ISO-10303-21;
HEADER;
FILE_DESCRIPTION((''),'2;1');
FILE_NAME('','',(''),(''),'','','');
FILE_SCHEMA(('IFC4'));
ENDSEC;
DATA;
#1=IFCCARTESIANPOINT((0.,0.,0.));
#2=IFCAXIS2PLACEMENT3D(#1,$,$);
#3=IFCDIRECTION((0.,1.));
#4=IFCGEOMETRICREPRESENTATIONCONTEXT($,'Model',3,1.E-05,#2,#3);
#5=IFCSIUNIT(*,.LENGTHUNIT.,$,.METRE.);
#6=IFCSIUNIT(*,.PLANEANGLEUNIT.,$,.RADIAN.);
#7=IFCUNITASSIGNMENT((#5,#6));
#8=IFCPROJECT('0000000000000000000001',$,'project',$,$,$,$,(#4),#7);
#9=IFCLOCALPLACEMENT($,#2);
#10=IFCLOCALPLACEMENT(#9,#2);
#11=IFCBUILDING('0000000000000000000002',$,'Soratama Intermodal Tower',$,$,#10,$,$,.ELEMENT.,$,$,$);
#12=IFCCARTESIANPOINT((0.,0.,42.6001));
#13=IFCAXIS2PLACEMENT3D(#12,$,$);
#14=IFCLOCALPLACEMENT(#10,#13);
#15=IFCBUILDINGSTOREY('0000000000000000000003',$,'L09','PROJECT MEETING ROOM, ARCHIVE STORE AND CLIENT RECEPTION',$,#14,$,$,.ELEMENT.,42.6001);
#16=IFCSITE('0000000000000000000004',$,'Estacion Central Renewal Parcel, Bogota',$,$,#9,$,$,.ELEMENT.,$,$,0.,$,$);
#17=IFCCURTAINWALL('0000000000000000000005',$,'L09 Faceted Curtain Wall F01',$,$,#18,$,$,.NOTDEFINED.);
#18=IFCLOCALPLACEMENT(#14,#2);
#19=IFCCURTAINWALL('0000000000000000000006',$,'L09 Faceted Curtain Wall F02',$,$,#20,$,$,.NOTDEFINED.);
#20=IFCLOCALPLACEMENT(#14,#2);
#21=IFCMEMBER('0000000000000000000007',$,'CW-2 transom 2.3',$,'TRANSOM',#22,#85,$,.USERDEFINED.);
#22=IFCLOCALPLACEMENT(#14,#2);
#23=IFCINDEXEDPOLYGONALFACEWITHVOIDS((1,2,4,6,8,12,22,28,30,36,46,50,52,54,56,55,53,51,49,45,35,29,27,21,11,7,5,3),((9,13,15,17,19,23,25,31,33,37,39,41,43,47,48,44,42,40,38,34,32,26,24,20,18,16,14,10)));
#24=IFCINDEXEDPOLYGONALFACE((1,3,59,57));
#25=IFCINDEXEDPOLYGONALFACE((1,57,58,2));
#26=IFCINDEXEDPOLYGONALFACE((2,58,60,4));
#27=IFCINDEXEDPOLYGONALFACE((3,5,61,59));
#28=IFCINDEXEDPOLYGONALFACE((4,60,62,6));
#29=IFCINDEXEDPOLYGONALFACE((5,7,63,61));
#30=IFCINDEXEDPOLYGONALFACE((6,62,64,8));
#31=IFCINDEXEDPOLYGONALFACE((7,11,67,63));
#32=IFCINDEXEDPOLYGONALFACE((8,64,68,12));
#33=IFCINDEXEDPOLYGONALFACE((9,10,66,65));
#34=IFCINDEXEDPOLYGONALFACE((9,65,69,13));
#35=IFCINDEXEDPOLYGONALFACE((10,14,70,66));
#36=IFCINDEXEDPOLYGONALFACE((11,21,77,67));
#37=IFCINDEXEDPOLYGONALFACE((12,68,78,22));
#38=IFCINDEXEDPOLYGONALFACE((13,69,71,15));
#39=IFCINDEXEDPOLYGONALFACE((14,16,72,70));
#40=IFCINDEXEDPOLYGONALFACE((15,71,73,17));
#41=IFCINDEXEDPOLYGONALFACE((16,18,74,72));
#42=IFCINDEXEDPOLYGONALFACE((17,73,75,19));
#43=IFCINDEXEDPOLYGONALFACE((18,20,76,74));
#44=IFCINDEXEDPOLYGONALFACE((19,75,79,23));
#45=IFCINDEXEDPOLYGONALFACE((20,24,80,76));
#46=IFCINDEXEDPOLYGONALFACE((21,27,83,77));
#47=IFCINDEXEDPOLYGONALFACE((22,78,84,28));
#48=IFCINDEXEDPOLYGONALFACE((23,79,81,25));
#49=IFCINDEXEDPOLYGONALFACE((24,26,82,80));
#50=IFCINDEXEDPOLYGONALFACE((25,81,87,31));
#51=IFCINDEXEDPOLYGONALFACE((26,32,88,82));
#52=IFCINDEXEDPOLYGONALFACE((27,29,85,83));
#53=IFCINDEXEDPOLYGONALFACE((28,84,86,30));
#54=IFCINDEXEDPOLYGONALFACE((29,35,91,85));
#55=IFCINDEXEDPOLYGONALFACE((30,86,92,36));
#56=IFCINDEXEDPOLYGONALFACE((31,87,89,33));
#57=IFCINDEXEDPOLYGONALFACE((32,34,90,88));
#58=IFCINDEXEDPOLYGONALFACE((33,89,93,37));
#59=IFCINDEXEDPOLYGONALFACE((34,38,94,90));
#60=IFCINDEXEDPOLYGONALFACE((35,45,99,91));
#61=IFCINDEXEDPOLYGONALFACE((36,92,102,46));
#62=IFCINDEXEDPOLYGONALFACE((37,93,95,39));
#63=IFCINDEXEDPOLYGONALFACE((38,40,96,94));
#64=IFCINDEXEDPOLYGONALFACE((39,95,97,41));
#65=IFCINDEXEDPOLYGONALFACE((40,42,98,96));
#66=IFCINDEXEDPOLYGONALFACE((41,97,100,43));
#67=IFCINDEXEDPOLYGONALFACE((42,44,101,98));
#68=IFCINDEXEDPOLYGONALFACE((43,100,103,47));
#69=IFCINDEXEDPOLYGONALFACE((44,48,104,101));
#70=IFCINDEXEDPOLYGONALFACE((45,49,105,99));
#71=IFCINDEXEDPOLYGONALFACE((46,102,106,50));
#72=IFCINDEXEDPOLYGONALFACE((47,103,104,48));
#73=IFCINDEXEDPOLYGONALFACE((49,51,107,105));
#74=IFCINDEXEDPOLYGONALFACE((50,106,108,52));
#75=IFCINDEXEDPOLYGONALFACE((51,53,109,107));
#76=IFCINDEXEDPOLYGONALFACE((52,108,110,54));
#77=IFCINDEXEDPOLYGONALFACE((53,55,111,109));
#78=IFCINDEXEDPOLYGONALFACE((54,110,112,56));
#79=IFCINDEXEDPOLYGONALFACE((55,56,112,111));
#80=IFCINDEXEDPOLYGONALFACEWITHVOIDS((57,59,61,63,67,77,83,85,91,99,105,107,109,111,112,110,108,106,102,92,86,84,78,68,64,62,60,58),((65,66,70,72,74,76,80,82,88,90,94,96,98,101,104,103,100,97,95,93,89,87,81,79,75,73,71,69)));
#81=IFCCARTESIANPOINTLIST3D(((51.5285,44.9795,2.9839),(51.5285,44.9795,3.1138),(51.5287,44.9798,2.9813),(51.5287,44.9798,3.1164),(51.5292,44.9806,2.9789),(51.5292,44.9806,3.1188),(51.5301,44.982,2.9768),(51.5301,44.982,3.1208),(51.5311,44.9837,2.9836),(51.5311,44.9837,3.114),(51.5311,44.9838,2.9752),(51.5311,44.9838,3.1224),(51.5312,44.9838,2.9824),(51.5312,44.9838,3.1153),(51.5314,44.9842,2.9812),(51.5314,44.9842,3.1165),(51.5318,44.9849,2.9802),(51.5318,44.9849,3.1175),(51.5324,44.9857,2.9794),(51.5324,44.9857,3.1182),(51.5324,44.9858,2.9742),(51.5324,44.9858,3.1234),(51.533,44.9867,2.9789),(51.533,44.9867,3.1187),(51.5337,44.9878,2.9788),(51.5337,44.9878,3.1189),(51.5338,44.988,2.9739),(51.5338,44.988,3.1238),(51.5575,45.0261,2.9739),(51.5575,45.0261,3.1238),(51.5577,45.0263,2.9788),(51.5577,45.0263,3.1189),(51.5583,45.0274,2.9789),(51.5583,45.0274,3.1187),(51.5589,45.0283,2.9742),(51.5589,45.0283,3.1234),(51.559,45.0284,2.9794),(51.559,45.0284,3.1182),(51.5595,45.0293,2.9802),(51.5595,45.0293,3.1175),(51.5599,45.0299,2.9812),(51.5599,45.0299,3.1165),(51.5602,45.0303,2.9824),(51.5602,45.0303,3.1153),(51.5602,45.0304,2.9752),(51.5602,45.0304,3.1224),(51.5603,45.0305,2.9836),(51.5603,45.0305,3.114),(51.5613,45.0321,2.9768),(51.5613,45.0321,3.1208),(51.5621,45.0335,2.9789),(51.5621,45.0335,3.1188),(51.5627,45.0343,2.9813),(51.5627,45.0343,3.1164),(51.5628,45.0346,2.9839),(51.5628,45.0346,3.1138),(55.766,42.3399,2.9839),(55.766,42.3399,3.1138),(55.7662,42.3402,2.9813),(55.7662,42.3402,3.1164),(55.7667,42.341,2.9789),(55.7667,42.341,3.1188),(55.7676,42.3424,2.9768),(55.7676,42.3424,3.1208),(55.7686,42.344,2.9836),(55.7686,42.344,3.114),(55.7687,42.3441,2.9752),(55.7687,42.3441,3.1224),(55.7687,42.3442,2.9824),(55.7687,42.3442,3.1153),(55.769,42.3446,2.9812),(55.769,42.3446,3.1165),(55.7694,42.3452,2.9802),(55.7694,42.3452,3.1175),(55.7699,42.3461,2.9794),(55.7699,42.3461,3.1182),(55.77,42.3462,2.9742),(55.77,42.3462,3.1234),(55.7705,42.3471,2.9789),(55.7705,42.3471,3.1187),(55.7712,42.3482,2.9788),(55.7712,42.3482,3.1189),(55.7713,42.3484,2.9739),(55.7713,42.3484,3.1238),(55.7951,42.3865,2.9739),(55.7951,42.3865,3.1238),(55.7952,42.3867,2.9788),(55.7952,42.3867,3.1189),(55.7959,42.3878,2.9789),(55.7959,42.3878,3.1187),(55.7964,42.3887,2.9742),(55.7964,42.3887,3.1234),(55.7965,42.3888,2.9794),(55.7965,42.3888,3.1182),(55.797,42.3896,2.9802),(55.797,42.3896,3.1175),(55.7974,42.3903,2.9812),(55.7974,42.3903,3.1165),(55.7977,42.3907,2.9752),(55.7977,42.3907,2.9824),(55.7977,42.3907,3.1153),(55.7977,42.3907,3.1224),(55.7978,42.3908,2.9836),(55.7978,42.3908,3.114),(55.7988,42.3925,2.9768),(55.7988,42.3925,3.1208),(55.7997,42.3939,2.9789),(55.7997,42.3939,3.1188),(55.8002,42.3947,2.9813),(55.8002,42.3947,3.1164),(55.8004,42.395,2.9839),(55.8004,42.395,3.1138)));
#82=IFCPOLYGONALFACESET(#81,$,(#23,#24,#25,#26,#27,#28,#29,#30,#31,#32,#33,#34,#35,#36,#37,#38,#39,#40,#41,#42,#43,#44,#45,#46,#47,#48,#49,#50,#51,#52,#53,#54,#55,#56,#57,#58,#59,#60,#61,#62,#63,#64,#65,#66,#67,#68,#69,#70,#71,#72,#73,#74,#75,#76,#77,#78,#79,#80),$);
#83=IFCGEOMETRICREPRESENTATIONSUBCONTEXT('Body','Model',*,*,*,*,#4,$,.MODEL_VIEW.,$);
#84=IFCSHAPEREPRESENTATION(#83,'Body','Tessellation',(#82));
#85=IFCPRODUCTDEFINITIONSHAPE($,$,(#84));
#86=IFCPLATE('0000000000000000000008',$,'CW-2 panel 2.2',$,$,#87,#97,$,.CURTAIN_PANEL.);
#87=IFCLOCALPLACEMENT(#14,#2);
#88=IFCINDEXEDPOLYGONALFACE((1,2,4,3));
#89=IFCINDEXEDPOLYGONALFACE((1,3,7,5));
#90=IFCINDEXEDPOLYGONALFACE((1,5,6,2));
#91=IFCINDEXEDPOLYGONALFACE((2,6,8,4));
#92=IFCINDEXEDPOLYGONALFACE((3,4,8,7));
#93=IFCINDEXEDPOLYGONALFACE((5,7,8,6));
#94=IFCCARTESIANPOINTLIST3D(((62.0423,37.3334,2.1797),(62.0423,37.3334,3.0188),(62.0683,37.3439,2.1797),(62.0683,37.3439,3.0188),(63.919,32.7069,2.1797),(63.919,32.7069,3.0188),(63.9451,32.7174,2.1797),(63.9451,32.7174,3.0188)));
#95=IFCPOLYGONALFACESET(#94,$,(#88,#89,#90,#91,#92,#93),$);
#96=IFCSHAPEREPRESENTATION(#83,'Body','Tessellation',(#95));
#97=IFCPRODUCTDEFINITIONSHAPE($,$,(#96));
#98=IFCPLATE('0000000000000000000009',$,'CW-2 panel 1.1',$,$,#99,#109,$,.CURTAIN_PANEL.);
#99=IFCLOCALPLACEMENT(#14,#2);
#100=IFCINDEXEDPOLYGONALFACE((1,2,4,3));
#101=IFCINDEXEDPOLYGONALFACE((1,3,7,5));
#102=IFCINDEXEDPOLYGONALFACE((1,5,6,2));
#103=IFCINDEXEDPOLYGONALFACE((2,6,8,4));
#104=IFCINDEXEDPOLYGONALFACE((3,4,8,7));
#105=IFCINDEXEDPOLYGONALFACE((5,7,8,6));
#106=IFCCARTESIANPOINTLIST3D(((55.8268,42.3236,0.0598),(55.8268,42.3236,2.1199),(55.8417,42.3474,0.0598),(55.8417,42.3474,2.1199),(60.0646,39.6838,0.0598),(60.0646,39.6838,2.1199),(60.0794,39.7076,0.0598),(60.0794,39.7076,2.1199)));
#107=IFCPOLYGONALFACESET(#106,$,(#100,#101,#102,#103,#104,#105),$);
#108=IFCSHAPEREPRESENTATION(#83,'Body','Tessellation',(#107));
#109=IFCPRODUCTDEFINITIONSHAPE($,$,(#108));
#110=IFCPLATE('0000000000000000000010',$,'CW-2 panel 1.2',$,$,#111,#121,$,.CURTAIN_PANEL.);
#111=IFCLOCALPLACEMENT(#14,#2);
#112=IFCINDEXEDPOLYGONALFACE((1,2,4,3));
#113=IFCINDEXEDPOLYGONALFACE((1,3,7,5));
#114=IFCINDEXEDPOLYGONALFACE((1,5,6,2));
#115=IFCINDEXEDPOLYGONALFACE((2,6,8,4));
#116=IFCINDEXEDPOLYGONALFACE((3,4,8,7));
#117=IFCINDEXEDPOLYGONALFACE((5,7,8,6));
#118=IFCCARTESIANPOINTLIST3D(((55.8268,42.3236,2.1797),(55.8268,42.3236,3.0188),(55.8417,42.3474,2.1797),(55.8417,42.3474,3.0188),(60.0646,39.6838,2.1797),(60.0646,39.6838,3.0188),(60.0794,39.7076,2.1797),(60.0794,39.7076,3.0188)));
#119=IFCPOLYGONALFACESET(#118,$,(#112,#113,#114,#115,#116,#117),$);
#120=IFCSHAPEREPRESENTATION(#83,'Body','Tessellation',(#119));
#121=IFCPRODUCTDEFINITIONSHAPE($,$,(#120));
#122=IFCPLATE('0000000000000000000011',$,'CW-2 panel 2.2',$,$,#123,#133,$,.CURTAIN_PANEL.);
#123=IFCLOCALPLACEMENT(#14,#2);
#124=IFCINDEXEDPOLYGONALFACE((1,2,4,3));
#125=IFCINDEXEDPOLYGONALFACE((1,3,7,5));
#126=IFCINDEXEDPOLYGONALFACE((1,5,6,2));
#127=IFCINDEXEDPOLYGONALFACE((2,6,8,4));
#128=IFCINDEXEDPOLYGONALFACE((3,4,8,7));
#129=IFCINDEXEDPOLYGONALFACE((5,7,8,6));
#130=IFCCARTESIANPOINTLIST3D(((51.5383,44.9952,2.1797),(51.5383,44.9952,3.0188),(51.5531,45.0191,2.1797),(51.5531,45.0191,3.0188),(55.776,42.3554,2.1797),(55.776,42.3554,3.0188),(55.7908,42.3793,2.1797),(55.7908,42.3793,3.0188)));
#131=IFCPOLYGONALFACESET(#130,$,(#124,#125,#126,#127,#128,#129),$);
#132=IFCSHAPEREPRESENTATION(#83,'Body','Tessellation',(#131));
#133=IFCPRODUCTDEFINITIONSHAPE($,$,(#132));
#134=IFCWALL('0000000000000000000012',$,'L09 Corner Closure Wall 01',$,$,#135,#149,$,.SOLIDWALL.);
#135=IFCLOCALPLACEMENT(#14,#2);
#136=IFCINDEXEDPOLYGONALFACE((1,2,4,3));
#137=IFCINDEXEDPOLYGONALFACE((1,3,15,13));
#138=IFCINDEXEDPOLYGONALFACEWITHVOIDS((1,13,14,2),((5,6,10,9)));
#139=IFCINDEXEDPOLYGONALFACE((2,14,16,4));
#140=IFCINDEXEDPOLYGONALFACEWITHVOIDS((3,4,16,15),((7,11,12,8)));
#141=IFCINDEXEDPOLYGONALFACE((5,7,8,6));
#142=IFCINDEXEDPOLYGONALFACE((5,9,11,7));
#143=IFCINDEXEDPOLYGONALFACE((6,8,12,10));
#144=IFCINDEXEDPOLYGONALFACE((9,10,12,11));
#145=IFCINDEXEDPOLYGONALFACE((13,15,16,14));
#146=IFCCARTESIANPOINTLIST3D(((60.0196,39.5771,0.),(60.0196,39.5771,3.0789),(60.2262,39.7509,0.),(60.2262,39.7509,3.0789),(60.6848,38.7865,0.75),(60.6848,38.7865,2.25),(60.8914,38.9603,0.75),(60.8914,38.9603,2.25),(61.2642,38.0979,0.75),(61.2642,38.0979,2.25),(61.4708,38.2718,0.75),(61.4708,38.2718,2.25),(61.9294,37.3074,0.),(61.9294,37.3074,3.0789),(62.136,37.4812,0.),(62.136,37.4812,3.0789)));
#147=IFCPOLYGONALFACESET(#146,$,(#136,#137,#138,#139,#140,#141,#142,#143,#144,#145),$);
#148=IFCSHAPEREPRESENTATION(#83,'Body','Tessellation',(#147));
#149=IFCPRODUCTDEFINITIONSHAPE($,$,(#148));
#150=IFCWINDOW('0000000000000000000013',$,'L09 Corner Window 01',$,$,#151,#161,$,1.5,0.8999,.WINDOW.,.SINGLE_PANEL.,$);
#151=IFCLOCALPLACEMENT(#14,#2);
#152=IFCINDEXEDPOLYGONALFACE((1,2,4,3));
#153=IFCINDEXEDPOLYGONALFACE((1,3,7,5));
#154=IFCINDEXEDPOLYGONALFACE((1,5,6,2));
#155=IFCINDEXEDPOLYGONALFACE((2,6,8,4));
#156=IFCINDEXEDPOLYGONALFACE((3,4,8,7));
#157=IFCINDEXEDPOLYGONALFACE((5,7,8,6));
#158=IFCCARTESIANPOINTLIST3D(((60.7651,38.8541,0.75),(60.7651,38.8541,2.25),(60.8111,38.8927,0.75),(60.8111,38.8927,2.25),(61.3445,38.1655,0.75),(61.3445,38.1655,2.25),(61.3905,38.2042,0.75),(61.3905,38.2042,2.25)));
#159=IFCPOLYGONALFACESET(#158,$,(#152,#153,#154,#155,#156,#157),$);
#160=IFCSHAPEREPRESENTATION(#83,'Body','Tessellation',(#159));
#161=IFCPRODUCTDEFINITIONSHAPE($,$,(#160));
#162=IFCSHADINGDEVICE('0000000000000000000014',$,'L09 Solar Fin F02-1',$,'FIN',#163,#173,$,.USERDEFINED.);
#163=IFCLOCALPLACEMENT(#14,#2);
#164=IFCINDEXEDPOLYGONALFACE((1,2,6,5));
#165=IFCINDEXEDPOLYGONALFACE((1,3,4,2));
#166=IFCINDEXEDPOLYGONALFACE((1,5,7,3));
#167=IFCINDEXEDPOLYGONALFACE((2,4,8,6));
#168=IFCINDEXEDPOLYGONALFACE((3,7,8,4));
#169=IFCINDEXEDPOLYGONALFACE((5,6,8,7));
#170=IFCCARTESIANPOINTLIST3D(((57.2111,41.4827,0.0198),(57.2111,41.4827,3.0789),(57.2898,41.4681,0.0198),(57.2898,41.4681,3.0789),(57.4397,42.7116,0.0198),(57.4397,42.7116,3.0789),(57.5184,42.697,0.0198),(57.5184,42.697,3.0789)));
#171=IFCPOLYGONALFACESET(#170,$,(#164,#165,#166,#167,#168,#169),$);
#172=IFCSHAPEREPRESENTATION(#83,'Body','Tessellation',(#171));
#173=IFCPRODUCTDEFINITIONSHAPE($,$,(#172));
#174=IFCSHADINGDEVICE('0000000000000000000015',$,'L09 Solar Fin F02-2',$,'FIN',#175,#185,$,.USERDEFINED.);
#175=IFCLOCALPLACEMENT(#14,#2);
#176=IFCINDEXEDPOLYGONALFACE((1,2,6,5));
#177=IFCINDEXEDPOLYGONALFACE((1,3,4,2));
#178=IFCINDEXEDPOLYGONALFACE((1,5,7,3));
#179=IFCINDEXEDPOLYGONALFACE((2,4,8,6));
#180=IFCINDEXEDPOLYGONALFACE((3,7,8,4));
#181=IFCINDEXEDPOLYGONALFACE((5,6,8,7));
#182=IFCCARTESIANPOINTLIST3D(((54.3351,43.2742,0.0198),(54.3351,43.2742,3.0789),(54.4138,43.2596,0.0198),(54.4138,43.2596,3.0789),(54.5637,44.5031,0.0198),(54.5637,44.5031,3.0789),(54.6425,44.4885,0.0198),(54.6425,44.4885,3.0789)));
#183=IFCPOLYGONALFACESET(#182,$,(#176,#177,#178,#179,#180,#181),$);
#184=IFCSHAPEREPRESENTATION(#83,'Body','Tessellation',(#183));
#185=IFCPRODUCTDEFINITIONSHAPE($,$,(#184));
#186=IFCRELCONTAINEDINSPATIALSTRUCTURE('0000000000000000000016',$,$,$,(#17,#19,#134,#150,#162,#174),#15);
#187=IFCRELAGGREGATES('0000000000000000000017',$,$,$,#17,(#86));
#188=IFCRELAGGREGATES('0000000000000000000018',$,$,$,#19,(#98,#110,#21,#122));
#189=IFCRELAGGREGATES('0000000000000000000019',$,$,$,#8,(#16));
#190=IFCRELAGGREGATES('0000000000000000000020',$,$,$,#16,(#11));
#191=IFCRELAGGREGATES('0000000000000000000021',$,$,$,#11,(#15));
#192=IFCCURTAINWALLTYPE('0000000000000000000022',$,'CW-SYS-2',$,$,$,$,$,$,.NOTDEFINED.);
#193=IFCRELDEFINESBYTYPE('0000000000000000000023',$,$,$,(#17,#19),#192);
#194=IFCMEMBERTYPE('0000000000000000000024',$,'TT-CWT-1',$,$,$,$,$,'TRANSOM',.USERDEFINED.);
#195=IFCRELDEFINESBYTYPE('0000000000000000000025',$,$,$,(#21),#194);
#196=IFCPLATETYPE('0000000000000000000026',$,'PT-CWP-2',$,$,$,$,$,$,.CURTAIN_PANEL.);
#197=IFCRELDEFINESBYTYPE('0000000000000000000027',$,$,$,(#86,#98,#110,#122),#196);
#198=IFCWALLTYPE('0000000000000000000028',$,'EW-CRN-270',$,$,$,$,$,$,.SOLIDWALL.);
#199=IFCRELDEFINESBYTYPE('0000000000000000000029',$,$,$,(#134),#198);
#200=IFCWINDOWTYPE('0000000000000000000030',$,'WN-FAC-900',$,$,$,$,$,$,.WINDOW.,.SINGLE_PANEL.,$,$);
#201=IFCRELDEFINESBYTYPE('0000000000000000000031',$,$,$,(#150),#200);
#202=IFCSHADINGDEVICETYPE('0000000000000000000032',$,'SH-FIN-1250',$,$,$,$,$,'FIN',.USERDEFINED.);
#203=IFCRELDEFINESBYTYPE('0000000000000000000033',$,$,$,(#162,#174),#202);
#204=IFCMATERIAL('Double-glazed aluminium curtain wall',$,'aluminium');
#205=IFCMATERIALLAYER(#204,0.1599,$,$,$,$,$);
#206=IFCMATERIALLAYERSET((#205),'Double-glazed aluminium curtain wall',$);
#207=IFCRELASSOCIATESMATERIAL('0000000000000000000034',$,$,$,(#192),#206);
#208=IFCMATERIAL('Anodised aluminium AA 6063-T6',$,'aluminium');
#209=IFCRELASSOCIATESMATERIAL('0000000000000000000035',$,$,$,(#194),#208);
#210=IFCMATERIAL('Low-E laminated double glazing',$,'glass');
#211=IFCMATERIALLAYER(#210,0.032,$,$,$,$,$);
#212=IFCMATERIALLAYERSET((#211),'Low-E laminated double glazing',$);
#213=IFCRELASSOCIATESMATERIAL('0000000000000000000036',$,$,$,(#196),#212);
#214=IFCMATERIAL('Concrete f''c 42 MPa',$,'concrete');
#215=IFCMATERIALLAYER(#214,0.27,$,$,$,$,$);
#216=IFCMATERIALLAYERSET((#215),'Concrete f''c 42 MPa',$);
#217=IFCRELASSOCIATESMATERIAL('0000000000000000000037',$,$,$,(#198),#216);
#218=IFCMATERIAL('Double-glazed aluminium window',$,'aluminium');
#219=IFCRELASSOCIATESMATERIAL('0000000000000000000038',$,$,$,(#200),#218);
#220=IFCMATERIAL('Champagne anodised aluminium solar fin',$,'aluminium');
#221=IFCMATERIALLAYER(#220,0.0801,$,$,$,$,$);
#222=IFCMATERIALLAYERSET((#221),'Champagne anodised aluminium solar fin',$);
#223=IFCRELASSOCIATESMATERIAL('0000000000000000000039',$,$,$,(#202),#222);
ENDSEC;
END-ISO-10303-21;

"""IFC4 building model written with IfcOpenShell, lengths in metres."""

from ifc_helpers import new_model, si_unit, direction, frame, frame_2d, origin, origin_2d, place, context, subcontext, project, spatial, rectangle, hollow_rectangle, extrude, material, layer, layer_set, material_profile, profile_set, type_object, element, fill, aggregate, save


model = new_model("IFC4")

# Units and contexts
model_context = context("Model", 3, precision=1e-05, world=origin(), true_north=direction((0.0, 1.0)))
body_context = subcontext(model_context, "Body", "Model", "MODEL_VIEW")
ifc_project = project(units=[si_unit("LENGTHUNIT", "METRE"), si_unit("PLANEANGLEUNIT", "RADIAN")], contexts=[model_context])

# Site, building, storey
site_placement = place(None, origin())
site = spatial("IfcSite", under=ifc_project, at=site_placement, Name="Estacion Central Renewal Parcel, Bogota", CompositionType="ELEMENT", RefElevation=0.0)
building_placement = place(site_placement, origin())
building = spatial("IfcBuilding", under=site, at=building_placement, Name="Soratama Intermodal Tower", CompositionType="ELEMENT")
storey_placement = place(building_placement, frame((0.0, 0.0, 42.6001)))
storey = spatial("IfcBuildingStorey", under=building, at=storey_placement, Name="L09", Description="PROJECT MEETING ROOM, ARCHIVE STORE AND CLIENT RECEPTION", CompositionType="ELEMENT", Elevation=42.6001)

# Curtain wall
ifc_material_1 = material(Name="Double-glazed aluminium curtain wall", Category="aluminium")
ifc_layer_1 = layer(ifc_material_1, 0.1599)
ifc_layer_set_1 = layer_set([ifc_layer_1], Name="Double-glazed aluminium curtain wall")
curtain_wall_type = type_object("IfcCurtainWallType", Name="CW-SYS-2", PredefinedType="NOTDEFINED", material=ifc_layer_set_1)
curtain_wall_1_placement = place(storey_placement, origin())
curtain_wall_1 = element("IfcCurtainWall", 1, at=curtain_wall_1_placement, inside=storey, type_object=curtain_wall_type, Name="L09 Faceted Curtain Wall F01", PredefinedType="NOTDEFINED")

# Curtain wall, member
curtain_wall_2_placement = place(storey_placement, origin())
curtain_wall_2 = element("IfcCurtainWall", 2, at=curtain_wall_2_placement, inside=storey, type_object=curtain_wall_type, Name="L09 Faceted Curtain Wall F02", PredefinedType="NOTDEFINED")
ifc_material_2 = material(Name="Anodised aluminium AA 6063-T6", Category="aluminium")
ifc_material_profile_1 = material_profile(ifc_material_2, hollow_rectangle(XDim=0.0649, YDim=0.1499, WallThickness=0.0049, InnerFilletRadius=0.0049, OuterFilletRadius=0.01, at=origin_2d()), Name="CWT150X65X5")
ifc_profile_set_1 = profile_set([ifc_material_profile_1], Name="Anodised aluminium AA 6063-T6")
member_type_1 = type_object("IfcMemberType", Name="TT-CWT-1", ElementType="TRANSOM", PredefinedType="USERDEFINED", material=ifc_profile_set_1)
member_1_placement = place(storey_placement, frame((55.7832, 42.3674, 3.0488), z_axis=(-0.848791, 0.528728, 0.0), x_axis=(-0.528728, -0.848791, 0.0)))
member_1 = element("IfcMember", 3, at=member_1_placement, type_object=member_type_1, Name="CW-2 transom 2.3", ObjectType="TRANSOM", PredefinedType="USERDEFINED", context=body_context, shape_type="SweptSolid", body=[
    extrude(hollow_rectangle(XDim=0.0649, YDim=0.1499, WallThickness=0.0049, InnerFilletRadius=0.0049, OuterFilletRadius=0.01, at=origin_2d()), origin(), (0.0, 0.0, 1.0), 4.9924),
])

# Plates
ifc_material_3 = material(Name="Low-E laminated double glazing", Category="glass")
ifc_layer_2 = layer(ifc_material_3, 0.032)
ifc_layer_set_2 = layer_set([ifc_layer_2], Name="Low-E laminated double glazing")
plate_type = type_object("IfcPlateType", Name="PT-CWP-2", PredefinedType="CURTAIN_PANEL", material=ifc_layer_set_2)
plate_1_placement = place(storey_placement, frame((62.9937, 35.0254, 2.1797), z_axis=(0.0, 0.0, 1.0), x_axis=(-0.375908, 0.926657, 0.0)))
plate_1 = element("IfcPlate", 4, at=plate_1_placement, type_object=plate_type, Name="CW-2 panel 2.2", PredefinedType="CURTAIN_PANEL", context=body_context, shape_type="SweptSolid", body=[
    extrude(rectangle(XDim=4.9927, YDim=0.0281, at=origin_2d()), origin(), (0.0, 0.0, 1.0), 0.8391),
])
aggregate(curtain_wall_1, [plate_1])
plate_2_placement = place(storey_placement, frame((57.9531, 41.0156, 0.0598), z_axis=(0.0, 0.0, 1.0), x_axis=(-0.848787, 0.528735, 0.0)))
plate_2 = element("IfcPlate", 5, at=plate_2_placement, type_object=plate_type, Name="CW-2 panel 1.1", PredefinedType="CURTAIN_PANEL", context=body_context, shape_type="SweptSolid", body=[
    extrude(rectangle(XDim=4.9927, YDim=0.0281, at=origin_2d()), origin(), (0.0, 0.0, 1.0), 2.0601),
])
plate_3_placement = place(storey_placement, frame((57.9531, 41.0156, 2.1797), z_axis=(0.0, 0.0, 1.0), x_axis=(-0.848787, 0.528735, 0.0)))
plate_3 = element("IfcPlate", 6, at=plate_3_placement, type_object=plate_type, Name="CW-2 panel 1.2", PredefinedType="CURTAIN_PANEL", context=body_context, shape_type="SweptSolid", body=[
    extrude(rectangle(XDim=4.9927, YDim=0.0281, at=origin_2d()), origin(), (0.0, 0.0, 1.0), 0.8391),
])
plate_4_placement = place(storey_placement, frame((53.6646, 43.6873, 2.1797), z_axis=(0.0, 0.0, 1.0), x_axis=(-0.848787, 0.528735, 0.0)))
plate_4 = element("IfcPlate", 7, at=plate_4_placement, type_object=plate_type, Name="CW-2 panel 2.2", PredefinedType="CURTAIN_PANEL", context=body_context, shape_type="SweptSolid", body=[
    extrude(rectangle(XDim=4.9927, YDim=0.0281, at=origin_2d()), origin(), (0.0, 0.0, 1.0), 0.8391),
])
aggregate(curtain_wall_2, [plate_2, plate_3, member_1, plate_4])

# Wall, opening, window
ifc_material_4 = material(Name="Concrete f'c 42 MPa", Category="concrete")
ifc_layer_3 = layer(ifc_material_4, 0.27)
ifc_layer_set_3 = layer_set([ifc_layer_3], Name="Concrete f'c 42 MPa")
wall_type = type_object("IfcWallType", Name="EW-CRN-270", PredefinedType="SOLIDWALL", material=ifc_layer_set_3)
wall_placement = place(storey_placement, frame((62.0327, 37.3943, 0.0), z_axis=(0.0, 0.0, 1.0), x_axis=(-0.643844, 0.765157, 0.0)))
wall = element("IfcWall", 8, at=wall_placement, inside=storey, type_object=wall_type, Name="L09 Corner Closure Wall 01", PredefinedType="SOLIDWALL", context=body_context, shape_type="SweptSolid", body=[
    extrude(rectangle(XDim=2.9663, YDim=0.27, at=frame_2d((1.4832, 0.0))), origin(), (0.0, 0.0, 1.0), 3.0789),
])
opening_placement = place(wall_placement, frame((1.0332, 0.0, 0.75)))
opening = element("IfcOpeningElement", 9, at=opening_placement, cuts=wall, PredefinedType="OPENING", context=body_context, shape_type="SweptSolid", body=[
    extrude(rectangle(XDim=0.8999, YDim=1.5, at=frame_2d((0.45, 0.75))), frame((0.0, 0.145, 0.0), z_axis=(0.0, -1.0, 0.0), x_axis=(1.0, 0.0, 0.0)), (0.0, 0.0, 1.0), 0.29),
])
ifc_material_5 = material(Name="Double-glazed aluminium window", Category="aluminium")
window_type = type_object("IfcWindowType", Name="WN-FAC-900", PartitioningType="SINGLE_PANEL", PredefinedType="WINDOW", material=ifc_material_5)
window_placement = place(opening_placement, origin())
window = element("IfcWindow", 10, at=window_placement, inside=storey, type_object=window_type, Name="L09 Corner Window 01", OverallHeight=1.5, OverallWidth=0.8999, PartitioningType="SINGLE_PANEL", PredefinedType="WINDOW", context=body_context, shape_type="SweptSolid", body=[
    extrude(rectangle(XDim=0.8999, YDim=1.5, at=frame_2d((0.45, 0.75))), frame((0.0, 0.03, 0.0), z_axis=(0.0, -1.0, 0.0), x_axis=(1.0, 0.0, 0.0)), (0.0, 0.0, 1.0), 0.0601),
])
fill(opening, window)

# Shading devices
ifc_material_6 = material(Name="Champagne anodised aluminium solar fin", Category="aluminium")
ifc_layer_4 = layer(ifc_material_6, 0.0801)
ifc_layer_set_4 = layer_set([ifc_layer_4], Name="Champagne anodised aluminium solar fin")
shading_device_type = type_object("IfcShadingDeviceType", Name="SH-FIN-1250", ElementType="FIN", PredefinedType="USERDEFINED", material=ifc_layer_set_4)
for number, where, z_axis, x_axis, name in (
    (11, (57.3647, 42.0898, 0.0198), (0.0, 0.0, 1.0), (0.182922, 0.983127, 0.0), "L09 Solar Fin F02-1"),
    (12, (54.4888, 43.8813, 0.0198), (0.0, 0.0, 1.0), (0.182922, 0.983127, 0.0), "L09 Solar Fin F02-2"),
):
    element("IfcShadingDevice", number, at=place(storey_placement, frame(where, z_axis=z_axis, x_axis=x_axis)), inside=storey, type_object=shading_device_type, Name=name, ObjectType="FIN", PredefinedType="USERDEFINED", context=body_context, shape_type="SweptSolid", body=[
        extrude(rectangle(XDim=1.25, YDim=0.0801, at=origin_2d()), origin(), (0.0, 0.0, 1.0), 3.0591),
    ])

save(model, "model.ifc")
